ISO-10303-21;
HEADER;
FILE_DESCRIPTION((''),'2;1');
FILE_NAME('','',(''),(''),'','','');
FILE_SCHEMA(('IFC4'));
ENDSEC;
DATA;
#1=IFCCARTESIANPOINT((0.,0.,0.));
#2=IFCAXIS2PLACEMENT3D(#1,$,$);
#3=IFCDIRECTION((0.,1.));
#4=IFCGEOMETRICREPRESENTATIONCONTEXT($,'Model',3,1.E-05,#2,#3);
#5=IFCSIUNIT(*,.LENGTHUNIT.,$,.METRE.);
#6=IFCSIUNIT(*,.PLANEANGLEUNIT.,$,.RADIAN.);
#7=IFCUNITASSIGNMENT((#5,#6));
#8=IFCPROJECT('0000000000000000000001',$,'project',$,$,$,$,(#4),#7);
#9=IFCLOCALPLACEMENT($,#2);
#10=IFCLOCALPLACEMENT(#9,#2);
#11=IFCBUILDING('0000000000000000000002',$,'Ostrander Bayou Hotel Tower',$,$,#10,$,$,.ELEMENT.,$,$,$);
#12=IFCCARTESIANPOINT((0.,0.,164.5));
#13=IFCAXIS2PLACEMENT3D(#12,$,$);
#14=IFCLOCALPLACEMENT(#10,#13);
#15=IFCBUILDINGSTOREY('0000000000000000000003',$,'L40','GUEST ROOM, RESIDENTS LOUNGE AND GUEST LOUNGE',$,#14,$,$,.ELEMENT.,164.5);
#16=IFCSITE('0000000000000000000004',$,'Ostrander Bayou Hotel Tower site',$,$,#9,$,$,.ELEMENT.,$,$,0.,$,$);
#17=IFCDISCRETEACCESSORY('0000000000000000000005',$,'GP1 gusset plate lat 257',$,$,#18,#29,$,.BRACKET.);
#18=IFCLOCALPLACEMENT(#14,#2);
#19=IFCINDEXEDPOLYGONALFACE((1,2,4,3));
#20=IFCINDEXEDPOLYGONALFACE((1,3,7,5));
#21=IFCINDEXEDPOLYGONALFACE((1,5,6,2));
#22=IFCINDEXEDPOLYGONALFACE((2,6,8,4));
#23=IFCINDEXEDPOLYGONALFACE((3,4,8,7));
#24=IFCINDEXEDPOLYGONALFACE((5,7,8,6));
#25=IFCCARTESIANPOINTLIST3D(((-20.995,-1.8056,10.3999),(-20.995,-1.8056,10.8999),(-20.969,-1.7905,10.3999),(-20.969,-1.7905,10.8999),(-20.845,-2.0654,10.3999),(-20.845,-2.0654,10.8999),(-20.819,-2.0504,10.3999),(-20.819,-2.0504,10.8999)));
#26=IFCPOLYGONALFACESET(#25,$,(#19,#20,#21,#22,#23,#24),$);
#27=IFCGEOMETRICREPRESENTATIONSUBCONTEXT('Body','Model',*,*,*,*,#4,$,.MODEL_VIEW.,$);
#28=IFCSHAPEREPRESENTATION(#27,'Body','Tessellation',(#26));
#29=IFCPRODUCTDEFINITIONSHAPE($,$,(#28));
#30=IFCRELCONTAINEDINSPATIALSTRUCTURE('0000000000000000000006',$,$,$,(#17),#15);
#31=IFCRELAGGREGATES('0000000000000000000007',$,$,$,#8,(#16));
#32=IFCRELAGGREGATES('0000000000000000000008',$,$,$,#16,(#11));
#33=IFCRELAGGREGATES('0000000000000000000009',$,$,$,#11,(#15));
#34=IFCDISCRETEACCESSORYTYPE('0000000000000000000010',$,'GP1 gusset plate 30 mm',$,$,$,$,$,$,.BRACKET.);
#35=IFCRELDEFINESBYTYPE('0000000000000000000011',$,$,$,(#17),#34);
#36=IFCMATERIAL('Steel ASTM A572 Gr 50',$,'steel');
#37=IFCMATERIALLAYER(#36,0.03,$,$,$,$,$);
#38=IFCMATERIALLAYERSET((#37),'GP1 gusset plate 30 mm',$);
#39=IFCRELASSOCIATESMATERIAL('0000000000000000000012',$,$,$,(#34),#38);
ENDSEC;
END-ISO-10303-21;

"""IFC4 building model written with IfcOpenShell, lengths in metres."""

from ifc_helpers import new_model, si_unit, direction, frame, origin, origin_2d, place, context, subcontext, project, spatial, rectangle, extrude, material, layer, layer_set, type_object, element, save


model = new_model("IFC4")

# Units and contexts
model_context = context("Model", 3, precision=1e-05, world=origin(), true_north=direction((0.0, 1.0)))
body_context = subcontext(model_context, "Body", "Model", "MODEL_VIEW")
ifc_project = project(units=[si_unit("LENGTHUNIT", "METRE"), si_unit("PLANEANGLEUNIT", "RADIAN")], contexts=[model_context])

# Site, building, storey
site_placement = place(None, origin())
site = spatial("IfcSite", under=ifc_project, at=site_placement, Name="Ostrander Bayou Hotel Tower site", CompositionType="ELEMENT", RefElevation=0.0)
building_placement = place(site_placement, origin())
building = spatial("IfcBuilding", under=site, at=building_placement, Name="Ostrander Bayou Hotel Tower", CompositionType="ELEMENT")
storey_placement = place(building_placement, frame((0.0, 0.0, 164.5)))
storey = spatial("IfcBuildingStorey", under=building, at=storey_placement, Name="L40", Description="GUEST ROOM, RESIDENTS LOUNGE AND GUEST LOUNGE", CompositionType="ELEMENT", Elevation=164.5)

# Discrete accessory
ifc_material_1 = material(Name="Steel ASTM A572 Gr 50", Category="steel")
ifc_layer_1 = layer(ifc_material_1, 0.03)
ifc_layer_set_1 = layer_set([ifc_layer_1], Name="GP1 gusset plate 30 mm")
discrete_accessory_type = type_object("IfcDiscreteAccessoryType", Name="GP1 gusset plate 30 mm", PredefinedType="BRACKET", material=ifc_layer_set_1)
for number, where, z_axis, x_axis, name in (
    (1, (-20.907, -1.928, 10.3999), (0.0, 0.0, 1.0), (0.5, -0.866025, 0.0), "GP1 gusset plate lat 257"),
):
    element("IfcDiscreteAccessory", number, at=place(storey_placement, frame(where, z_axis=z_axis, x_axis=x_axis)), inside=storey, type_object=discrete_accessory_type, Name=name, PredefinedType="BRACKET", context=body_context, shape_type="SweptSolid", body=[
        extrude(rectangle(XDim=0.3, YDim=0.03, at=origin_2d()), origin(), (0.0, 0.0, 1.0), 0.5),
    ])

save(model, "model.ifc")
